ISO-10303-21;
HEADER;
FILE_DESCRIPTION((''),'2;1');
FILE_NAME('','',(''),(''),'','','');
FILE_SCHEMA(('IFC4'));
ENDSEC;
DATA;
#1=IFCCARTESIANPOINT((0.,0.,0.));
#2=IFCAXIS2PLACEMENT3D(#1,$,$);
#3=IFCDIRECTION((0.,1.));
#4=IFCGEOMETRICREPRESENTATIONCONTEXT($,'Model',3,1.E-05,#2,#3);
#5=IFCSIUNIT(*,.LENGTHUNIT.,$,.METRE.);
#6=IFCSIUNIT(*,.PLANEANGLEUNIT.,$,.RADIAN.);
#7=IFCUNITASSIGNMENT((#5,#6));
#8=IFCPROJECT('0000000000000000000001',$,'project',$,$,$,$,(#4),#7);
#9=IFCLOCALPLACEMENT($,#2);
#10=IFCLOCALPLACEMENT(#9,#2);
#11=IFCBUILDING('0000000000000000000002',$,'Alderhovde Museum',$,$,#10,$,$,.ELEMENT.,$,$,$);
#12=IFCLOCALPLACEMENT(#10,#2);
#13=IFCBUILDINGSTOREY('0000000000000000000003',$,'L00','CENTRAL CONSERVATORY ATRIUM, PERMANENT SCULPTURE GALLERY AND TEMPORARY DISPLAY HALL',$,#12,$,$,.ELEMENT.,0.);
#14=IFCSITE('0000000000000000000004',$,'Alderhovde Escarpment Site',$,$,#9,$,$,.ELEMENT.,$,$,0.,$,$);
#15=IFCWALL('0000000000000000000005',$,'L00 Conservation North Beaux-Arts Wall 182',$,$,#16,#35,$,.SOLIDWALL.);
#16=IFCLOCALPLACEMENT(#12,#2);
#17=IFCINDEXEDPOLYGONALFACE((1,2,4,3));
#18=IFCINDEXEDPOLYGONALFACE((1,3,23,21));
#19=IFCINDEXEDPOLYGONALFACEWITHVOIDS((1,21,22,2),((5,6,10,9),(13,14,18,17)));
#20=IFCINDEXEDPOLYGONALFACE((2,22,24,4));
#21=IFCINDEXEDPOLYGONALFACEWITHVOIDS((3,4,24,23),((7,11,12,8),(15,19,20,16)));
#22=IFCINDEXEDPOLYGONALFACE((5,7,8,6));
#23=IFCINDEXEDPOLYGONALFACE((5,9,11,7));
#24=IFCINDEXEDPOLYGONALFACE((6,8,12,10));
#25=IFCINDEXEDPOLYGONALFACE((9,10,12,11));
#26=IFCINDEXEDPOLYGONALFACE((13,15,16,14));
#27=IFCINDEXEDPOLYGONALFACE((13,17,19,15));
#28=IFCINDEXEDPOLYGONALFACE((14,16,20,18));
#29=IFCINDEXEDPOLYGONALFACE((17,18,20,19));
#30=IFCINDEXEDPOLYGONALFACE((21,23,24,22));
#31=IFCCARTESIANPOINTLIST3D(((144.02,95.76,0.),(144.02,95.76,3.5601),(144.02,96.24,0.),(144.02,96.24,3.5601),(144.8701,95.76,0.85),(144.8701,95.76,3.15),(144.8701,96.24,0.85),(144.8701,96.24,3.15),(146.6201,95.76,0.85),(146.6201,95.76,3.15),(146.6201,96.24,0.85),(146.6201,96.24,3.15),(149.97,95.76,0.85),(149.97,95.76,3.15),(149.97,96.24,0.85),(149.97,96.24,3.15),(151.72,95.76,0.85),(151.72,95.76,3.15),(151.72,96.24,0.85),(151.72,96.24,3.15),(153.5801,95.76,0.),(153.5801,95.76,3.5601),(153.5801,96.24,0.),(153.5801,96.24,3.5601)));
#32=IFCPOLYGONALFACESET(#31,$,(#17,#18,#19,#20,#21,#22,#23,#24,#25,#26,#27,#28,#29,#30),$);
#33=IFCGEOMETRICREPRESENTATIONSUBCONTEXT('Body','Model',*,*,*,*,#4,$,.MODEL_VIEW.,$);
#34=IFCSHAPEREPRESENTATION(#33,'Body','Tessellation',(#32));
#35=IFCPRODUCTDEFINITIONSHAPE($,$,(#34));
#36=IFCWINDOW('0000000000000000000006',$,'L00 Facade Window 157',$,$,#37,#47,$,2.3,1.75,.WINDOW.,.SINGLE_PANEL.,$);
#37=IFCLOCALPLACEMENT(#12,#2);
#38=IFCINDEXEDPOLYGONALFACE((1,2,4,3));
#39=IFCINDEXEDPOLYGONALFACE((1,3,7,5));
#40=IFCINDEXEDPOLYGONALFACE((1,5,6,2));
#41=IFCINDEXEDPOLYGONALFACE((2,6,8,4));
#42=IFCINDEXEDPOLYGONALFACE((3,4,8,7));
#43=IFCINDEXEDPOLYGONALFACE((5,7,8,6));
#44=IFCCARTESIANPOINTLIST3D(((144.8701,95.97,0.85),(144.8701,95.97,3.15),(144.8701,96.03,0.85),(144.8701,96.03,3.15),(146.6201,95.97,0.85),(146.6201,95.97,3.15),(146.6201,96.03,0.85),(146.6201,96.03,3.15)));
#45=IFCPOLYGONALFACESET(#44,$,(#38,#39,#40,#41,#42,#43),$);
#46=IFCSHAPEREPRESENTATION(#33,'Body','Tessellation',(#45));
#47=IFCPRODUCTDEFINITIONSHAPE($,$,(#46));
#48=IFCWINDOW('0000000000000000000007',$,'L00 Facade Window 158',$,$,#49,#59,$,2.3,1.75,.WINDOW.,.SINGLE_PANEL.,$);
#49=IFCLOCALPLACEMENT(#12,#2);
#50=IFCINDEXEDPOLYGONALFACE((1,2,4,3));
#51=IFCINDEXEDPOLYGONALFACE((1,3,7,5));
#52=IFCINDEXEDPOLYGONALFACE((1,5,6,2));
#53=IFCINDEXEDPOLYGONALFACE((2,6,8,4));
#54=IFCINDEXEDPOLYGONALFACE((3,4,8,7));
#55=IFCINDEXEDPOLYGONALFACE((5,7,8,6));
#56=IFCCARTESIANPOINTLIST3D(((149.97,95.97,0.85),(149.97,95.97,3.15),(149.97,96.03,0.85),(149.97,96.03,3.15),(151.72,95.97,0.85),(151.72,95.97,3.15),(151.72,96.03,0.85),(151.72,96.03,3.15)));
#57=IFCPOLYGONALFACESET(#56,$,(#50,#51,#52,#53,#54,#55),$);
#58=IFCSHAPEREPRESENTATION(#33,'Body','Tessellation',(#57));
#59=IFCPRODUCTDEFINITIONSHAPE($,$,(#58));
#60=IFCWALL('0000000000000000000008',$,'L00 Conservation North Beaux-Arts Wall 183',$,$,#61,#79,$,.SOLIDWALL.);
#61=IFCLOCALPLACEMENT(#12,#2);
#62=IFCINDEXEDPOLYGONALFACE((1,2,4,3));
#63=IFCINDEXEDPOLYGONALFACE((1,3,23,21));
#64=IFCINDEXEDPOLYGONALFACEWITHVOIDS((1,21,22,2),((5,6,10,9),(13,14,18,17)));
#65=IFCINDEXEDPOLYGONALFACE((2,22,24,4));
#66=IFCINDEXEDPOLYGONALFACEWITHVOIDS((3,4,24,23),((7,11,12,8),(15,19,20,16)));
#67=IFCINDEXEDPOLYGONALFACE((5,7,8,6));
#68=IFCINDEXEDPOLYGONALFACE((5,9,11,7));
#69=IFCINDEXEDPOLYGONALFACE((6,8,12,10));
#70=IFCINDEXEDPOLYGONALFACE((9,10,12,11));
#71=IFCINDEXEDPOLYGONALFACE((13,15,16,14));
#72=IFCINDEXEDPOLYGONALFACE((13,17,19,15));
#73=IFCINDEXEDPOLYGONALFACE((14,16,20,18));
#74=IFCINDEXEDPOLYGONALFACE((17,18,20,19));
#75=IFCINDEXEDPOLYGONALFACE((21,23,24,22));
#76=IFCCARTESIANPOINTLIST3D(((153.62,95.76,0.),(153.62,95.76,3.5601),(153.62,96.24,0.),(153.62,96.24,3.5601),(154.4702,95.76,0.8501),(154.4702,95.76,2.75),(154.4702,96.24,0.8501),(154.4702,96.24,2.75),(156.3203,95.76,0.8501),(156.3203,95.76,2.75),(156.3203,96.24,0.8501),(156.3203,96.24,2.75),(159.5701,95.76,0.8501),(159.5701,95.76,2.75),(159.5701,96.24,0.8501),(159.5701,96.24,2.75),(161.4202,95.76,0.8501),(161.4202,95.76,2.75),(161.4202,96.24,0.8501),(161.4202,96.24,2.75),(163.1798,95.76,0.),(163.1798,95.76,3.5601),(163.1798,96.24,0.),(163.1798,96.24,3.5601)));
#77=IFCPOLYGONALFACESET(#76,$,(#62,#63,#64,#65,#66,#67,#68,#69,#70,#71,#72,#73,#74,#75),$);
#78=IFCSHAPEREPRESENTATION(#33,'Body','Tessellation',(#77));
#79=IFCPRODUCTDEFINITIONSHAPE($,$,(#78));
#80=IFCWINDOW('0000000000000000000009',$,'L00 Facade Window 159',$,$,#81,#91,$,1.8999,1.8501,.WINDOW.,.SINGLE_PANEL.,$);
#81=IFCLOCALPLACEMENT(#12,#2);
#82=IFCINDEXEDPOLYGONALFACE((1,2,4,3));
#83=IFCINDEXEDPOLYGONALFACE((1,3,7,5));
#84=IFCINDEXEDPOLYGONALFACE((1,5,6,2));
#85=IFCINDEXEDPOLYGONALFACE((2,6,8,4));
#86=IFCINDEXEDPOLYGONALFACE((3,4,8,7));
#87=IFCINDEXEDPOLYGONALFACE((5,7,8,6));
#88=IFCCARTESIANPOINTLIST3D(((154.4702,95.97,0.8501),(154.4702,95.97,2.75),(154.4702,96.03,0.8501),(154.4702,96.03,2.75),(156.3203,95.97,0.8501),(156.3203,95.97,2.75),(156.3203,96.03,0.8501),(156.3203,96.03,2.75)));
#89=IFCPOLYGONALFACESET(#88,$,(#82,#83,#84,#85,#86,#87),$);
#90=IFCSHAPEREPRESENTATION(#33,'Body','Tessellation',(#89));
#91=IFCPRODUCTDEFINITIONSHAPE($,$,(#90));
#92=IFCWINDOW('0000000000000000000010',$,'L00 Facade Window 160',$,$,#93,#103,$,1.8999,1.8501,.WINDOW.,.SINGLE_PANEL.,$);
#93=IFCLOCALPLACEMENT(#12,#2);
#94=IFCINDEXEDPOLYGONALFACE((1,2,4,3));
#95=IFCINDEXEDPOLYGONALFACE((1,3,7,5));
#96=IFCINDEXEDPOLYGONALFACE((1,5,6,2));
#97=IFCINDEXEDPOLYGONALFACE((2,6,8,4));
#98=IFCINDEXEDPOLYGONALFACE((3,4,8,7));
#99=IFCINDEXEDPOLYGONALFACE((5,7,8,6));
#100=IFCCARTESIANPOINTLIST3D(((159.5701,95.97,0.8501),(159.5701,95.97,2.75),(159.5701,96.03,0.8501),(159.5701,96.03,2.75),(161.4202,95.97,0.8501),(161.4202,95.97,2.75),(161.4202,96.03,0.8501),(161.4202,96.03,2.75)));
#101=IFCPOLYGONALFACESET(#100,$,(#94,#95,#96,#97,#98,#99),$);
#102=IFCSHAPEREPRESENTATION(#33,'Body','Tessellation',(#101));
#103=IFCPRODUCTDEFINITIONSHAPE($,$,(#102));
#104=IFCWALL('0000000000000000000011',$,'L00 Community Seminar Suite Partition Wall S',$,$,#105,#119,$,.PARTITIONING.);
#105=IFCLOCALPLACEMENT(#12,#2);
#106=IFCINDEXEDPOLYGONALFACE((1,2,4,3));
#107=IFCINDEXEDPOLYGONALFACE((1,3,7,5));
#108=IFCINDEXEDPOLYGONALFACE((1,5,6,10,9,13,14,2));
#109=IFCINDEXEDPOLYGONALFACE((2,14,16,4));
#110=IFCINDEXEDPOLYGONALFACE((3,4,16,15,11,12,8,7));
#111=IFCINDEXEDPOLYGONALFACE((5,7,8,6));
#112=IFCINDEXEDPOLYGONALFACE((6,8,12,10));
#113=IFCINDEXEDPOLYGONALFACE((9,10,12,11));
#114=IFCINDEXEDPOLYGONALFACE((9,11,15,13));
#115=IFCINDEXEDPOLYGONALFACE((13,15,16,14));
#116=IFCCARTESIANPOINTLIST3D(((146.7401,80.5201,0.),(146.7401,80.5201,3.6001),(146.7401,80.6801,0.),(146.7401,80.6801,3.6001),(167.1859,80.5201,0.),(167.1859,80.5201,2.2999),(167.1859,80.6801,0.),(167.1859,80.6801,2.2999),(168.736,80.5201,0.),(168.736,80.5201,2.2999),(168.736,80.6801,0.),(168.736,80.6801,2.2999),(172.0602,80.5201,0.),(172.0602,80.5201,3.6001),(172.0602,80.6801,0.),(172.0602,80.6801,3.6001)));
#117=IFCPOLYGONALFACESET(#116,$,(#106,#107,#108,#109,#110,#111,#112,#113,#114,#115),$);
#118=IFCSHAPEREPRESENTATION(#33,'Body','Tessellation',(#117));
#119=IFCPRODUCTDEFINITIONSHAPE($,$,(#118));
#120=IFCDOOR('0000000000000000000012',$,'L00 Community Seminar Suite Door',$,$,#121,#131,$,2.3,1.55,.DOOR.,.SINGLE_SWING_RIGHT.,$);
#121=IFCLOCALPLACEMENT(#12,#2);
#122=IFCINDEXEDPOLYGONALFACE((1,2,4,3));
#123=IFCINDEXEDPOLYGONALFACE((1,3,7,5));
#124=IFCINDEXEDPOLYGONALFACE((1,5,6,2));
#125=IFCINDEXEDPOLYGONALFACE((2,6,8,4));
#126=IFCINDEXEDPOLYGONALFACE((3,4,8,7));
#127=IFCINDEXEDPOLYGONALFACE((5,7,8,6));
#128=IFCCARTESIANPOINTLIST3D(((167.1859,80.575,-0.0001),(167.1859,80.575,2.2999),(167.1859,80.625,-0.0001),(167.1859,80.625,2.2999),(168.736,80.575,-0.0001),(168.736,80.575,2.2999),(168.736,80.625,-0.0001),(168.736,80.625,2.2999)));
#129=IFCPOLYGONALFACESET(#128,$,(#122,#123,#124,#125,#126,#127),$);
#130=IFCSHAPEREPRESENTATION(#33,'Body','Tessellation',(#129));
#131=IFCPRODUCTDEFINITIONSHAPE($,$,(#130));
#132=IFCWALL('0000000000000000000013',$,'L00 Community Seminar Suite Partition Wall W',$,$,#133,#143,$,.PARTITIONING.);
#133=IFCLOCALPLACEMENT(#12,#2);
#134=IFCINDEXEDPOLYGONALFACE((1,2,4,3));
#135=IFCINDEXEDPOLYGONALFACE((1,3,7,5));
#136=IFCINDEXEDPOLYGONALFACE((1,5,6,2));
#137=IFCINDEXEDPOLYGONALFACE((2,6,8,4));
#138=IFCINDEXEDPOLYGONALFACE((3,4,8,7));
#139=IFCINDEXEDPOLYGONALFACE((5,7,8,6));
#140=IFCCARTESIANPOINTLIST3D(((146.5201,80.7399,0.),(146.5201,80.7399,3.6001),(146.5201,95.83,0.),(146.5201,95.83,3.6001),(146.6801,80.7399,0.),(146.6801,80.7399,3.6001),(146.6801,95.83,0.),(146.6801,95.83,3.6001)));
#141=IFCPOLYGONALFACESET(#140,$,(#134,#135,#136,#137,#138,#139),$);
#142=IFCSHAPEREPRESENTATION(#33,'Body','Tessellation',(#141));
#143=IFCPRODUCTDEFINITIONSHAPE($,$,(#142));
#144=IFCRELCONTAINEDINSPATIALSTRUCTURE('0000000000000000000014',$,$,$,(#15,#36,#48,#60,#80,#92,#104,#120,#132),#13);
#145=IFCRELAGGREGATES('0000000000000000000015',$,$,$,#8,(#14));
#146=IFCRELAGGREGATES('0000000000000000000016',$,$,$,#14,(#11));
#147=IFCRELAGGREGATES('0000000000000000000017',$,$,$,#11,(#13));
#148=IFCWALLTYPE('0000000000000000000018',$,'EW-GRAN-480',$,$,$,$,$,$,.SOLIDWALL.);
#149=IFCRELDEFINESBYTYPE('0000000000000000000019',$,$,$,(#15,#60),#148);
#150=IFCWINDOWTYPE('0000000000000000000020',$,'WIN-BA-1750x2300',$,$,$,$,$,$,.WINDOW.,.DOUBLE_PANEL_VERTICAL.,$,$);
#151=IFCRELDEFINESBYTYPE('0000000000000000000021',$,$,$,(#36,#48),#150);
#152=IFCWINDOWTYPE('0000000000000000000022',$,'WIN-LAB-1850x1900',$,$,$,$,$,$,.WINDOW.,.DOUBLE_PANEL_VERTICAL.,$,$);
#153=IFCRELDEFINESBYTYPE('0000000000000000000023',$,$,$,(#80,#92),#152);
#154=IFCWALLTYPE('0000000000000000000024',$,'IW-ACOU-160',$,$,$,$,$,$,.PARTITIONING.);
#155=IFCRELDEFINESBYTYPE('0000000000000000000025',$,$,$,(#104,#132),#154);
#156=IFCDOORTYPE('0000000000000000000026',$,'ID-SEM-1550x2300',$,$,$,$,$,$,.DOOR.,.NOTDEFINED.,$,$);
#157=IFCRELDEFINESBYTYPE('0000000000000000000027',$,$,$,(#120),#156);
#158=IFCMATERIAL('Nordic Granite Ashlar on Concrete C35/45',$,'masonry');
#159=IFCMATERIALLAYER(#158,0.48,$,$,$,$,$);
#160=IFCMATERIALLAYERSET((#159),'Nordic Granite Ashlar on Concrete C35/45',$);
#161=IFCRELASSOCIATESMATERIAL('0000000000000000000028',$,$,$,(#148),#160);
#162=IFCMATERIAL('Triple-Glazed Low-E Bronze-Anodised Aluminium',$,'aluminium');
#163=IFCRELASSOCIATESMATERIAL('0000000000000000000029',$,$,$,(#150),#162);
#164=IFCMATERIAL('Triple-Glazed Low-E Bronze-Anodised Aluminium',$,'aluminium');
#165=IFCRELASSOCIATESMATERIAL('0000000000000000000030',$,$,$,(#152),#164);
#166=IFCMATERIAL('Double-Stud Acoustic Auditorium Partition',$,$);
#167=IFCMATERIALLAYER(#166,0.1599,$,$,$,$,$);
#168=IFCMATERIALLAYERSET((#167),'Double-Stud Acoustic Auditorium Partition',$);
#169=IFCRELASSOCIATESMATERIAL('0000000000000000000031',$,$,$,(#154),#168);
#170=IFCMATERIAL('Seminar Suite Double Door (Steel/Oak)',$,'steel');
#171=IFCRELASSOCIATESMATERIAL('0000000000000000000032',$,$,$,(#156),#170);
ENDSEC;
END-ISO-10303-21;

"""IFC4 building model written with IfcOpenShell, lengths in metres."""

from ifc_helpers import new_model, si_unit, direction, frame, frame_2d, origin, place, context, subcontext, project, spatial, rectangle, extrude, material, layer, layer_set, type_object, element, fill, save


model = new_model("IFC4")

# Units and contexts
model_context = context("Model", 3, precision=1e-05, world=origin(), true_north=direction((0.0, 1.0)))
body_context = subcontext(model_context, "Body", "Model", "MODEL_VIEW")
ifc_project = project(units=[si_unit("LENGTHUNIT", "METRE"), si_unit("PLANEANGLEUNIT", "RADIAN")], contexts=[model_context])

# Site, building, storey
site_placement = place(None, origin())
site = spatial("IfcSite", under=ifc_project, at=site_placement, Name="Alderhovde Escarpment Site", CompositionType="ELEMENT", RefElevation=0.0)
building_placement = place(site_placement, origin())
building = spatial("IfcBuilding", under=site, at=building_placement, Name="Alderhovde Museum", CompositionType="ELEMENT")
storey_placement = place(building_placement, origin())
storey = spatial("IfcBuildingStorey", under=building, at=storey_placement, Name="L00", Description="CENTRAL CONSERVATORY ATRIUM, PERMANENT SCULPTURE GALLERY AND TEMPORARY DISPLAY HALL", CompositionType="ELEMENT", Elevation=0.0)

# Walls, openings, windows
ifc_material_1 = material(Name="Nordic Granite Ashlar on Concrete C35/45", Category="masonry")
ifc_layer_1 = layer(ifc_material_1, 0.48)
ifc_layer_set_1 = layer_set([ifc_layer_1], Name="Nordic Granite Ashlar on Concrete C35/45")
wall_type_1 = type_object("IfcWallType", Name="EW-GRAN-480", PredefinedType="SOLIDWALL", material=ifc_layer_set_1)
wall_1_placement = place(storey_placement, frame((144.02, 96.0, 0.0), z_axis=(0.0, 0.0, 1.0), x_axis=(1.0, 0.0, 0.0)))
wall_1 = element("IfcWall", 1, at=wall_1_placement, inside=storey, type_object=wall_type_1, Name="L00 Conservation North Beaux-Arts Wall 182", PredefinedType="SOLIDWALL", context=body_context, shape_type="SweptSolid", body=[
    extrude(rectangle(XDim=9.5601, YDim=0.48, at=frame_2d((4.78, 0.0))), origin(), (0.0, 0.0, 1.0), 3.5601),
])
opening_1_placement = place(wall_1_placement, frame((0.8501, 0.0, 0.8501)))
opening_1 = element("IfcOpeningElement", 2, at=opening_1_placement, cuts=wall_1, PredefinedType="OPENING", context=body_context, shape_type="SweptSolid", body=[
    extrude(rectangle(XDim=1.75, YDim=2.3, at=frame_2d((0.875, 1.1499))), frame((0.0, 0.25, 0.0), z_axis=(0.0, -1.0, 0.0), x_axis=(1.0, 0.0, 0.0)), (0.0, 0.0, 1.0), 0.5),
])
opening_2_placement = place(wall_1_placement, frame((5.95, 0.0, 0.8501)))
opening_2 = element("IfcOpeningElement", 3, at=opening_2_placement, cuts=wall_1, PredefinedType="OPENING", context=body_context, shape_type="SweptSolid", body=[
    extrude(rectangle(XDim=1.75, YDim=2.3, at=frame_2d((0.875, 1.1499))), frame((0.0, 0.25, 0.0), z_axis=(0.0, -1.0, 0.0), x_axis=(1.0, 0.0, 0.0)), (0.0, 0.0, 1.0), 0.5),
])
ifc_material_2 = material(Name="Triple-Glazed Low-E Bronze-Anodised Aluminium", Category="aluminium")
window_type_1 = type_object("IfcWindowType", Name="WIN-BA-1750x2300", PartitioningType="DOUBLE_PANEL_VERTICAL", PredefinedType="WINDOW", material=ifc_material_2)
window_1_placement = place(opening_1_placement, origin())
window_1 = element("IfcWindow", 4, at=window_1_placement, inside=storey, type_object=window_type_1, Name="L00 Facade Window 157", OverallHeight=2.3, OverallWidth=1.75, PartitioningType="SINGLE_PANEL", PredefinedType="WINDOW", context=body_context, shape_type="SweptSolid", body=[
    extrude(rectangle(XDim=1.75, YDim=2.3, at=frame_2d((0.875, 1.1499))), frame((0.0, 0.03, 0.0), z_axis=(0.0, -1.0, 0.0), x_axis=(1.0, 0.0, 0.0)), (0.0, 0.0, 1.0), 0.0601),
])
fill(opening_1, window_1)
window_2_placement = place(opening_2_placement, origin())
window_2 = element("IfcWindow", 5, at=window_2_placement, inside=storey, type_object=window_type_1, Name="L00 Facade Window 158", OverallHeight=2.3, OverallWidth=1.75, PartitioningType="SINGLE_PANEL", PredefinedType="WINDOW", context=body_context, shape_type="SweptSolid", body=[
    extrude(rectangle(XDim=1.75, YDim=2.3, at=frame_2d((0.875, 1.1499))), frame((0.0, 0.03, 0.0), z_axis=(0.0, -1.0, 0.0), x_axis=(1.0, 0.0, 0.0)), (0.0, 0.0, 1.0), 0.0601),
])
fill(opening_2, window_2)
wall_2_placement = place(storey_placement, frame((153.6201, 96.0, 0.0), z_axis=(0.0, 0.0, 1.0), x_axis=(1.0, 0.0, 0.0)))
wall_2 = element("IfcWall", 6, at=wall_2_placement, inside=storey, type_object=wall_type_1, Name="L00 Conservation North Beaux-Arts Wall 183", PredefinedType="SOLIDWALL", context=body_context, shape_type="SweptSolid", body=[
    extrude(rectangle(XDim=9.5598, YDim=0.48, at=frame_2d((4.7798, 0.0))), origin(), (0.0, 0.0, 1.0), 3.5601),
])
opening_3_placement = place(wall_2_placement, frame((0.8501, 0.0, 0.8501)))
opening_3 = element("IfcOpeningElement", 7, at=opening_3_placement, cuts=wall_2, PredefinedType="OPENING", context=body_context, shape_type="SweptSolid", body=[
    extrude(rectangle(XDim=1.8501, YDim=1.8999, at=frame_2d((0.925, 0.95))), frame((0.0, 0.25, 0.0), z_axis=(0.0, -1.0, 0.0), x_axis=(1.0, 0.0, 0.0)), (0.0, 0.0, 1.0), 0.5),
])
opening_4_placement = place(wall_2_placement, frame((5.95, 0.0, 0.8501)))
opening_4 = element("IfcOpeningElement", 8, at=opening_4_placement, cuts=wall_2, PredefinedType="OPENING", context=body_context, shape_type="SweptSolid", body=[
    extrude(rectangle(XDim=1.8501, YDim=1.8999, at=frame_2d((0.925, 0.95))), frame((0.0, 0.25, 0.0), z_axis=(0.0, -1.0, 0.0), x_axis=(1.0, 0.0, 0.0)), (0.0, 0.0, 1.0), 0.5),
])
ifc_material_3 = material(Name="Triple-Glazed Low-E Bronze-Anodised Aluminium", Category="aluminium")
window_type_2 = type_object("IfcWindowType", Name="WIN-LAB-1850x1900", PartitioningType="DOUBLE_PANEL_VERTICAL", PredefinedType="WINDOW", material=ifc_material_3)
window_3_placement = place(opening_3_placement, origin())
window_3 = element("IfcWindow", 9, at=window_3_placement, inside=storey, type_object=window_type_2, Name="L00 Facade Window 159", OverallHeight=1.8999, OverallWidth=1.8501, PartitioningType="SINGLE_PANEL", PredefinedType="WINDOW", context=body_context, shape_type="SweptSolid", body=[
    extrude(rectangle(XDim=1.8501, YDim=1.8999, at=frame_2d((0.925, 0.95))), frame((0.0, 0.03, 0.0), z_axis=(0.0, -1.0, 0.0), x_axis=(1.0, 0.0, 0.0)), (0.0, 0.0, 1.0), 0.0601),
])
fill(opening_3, window_3)
window_4_placement = place(opening_4_placement, origin())
window_4 = element("IfcWindow", 10, at=window_4_placement, inside=storey, type_object=window_type_2, Name="L00 Facade Window 160", OverallHeight=1.8999, OverallWidth=1.8501, PartitioningType="SINGLE_PANEL", PredefinedType="WINDOW", context=body_context, shape_type="SweptSolid", body=[
    extrude(rectangle(XDim=1.8501, YDim=1.8999, at=frame_2d((0.925, 0.95))), frame((0.0, 0.03, 0.0), z_axis=(0.0, -1.0, 0.0), x_axis=(1.0, 0.0, 0.0)), (0.0, 0.0, 1.0), 0.0601),
])
fill(opening_4, window_4)

# Wall, opening, door
ifc_material_4 = material(Name="Double-Stud Acoustic Auditorium Partition")
ifc_layer_2 = layer(ifc_material_4, 0.1599)
ifc_layer_set_2 = layer_set([ifc_layer_2], Name="Double-Stud Acoustic Auditorium Partition")
wall_type_2 = type_object("IfcWallType", Name="IW-ACOU-160", PredefinedType="PARTITIONING", material=ifc_layer_set_2)
wall_3_placement = place(storey_placement, frame((146.74, 80.6001, 0.0), z_axis=(0.0, 0.0, 1.0), x_axis=(1.0, 0.0, 0.0)))
wall_3 = element("IfcWall", 11, at=wall_3_placement, inside=storey, type_object=wall_type_2, Name="L00 Community Seminar Suite Partition Wall S", PredefinedType="PARTITIONING", context=body_context, shape_type="SweptSolid", body=[
    extrude(rectangle(XDim=25.3201, YDim=0.1599, at=frame_2d((12.6602, 0.0))), origin(), (0.0, 0.0, 1.0), 3.6001),
])
opening_5_placement = place(wall_3_placement, frame((20.446, 0.0, 0.0)))
opening_5 = element("IfcOpeningElement", 12, at=opening_5_placement, cuts=wall_3, PredefinedType="OPENING", context=body_context, shape_type="SweptSolid", body=[
    extrude(rectangle(XDim=1.55, YDim=2.3, at=frame_2d((0.7749, 1.1499))), frame((0.0, 0.0901, 0.0), z_axis=(0.0, -1.0, 0.0), x_axis=(1.0, 0.0, 0.0)), (0.0, 0.0, 1.0), 0.1799),
])
ifc_material_5 = material(Name="Seminar Suite Double Door (Steel/Oak)", Category="steel")
door_type = type_object("IfcDoorType", Name="ID-SEM-1550x2300", OperationType="NOTDEFINED", PredefinedType="DOOR", material=ifc_material_5)
door_placement = place(opening_5_placement, origin())
door = element("IfcDoor", 13, at=door_placement, inside=storey, type_object=door_type, Name="L00 Community Seminar Suite Door", OperationType="SINGLE_SWING_RIGHT", OverallHeight=2.3, OverallWidth=1.55, PredefinedType="DOOR", context=body_context, shape_type="SweptSolid", body=[
    extrude(rectangle(XDim=1.55, YDim=2.3, at=frame_2d((0.7749, 1.1499))), frame((0.0, 0.0249, 0.0), z_axis=(0.0, -1.0, 0.0), x_axis=(1.0, 0.0, 0.0)), (0.0, 0.0, 1.0), 0.05),
])
fill(opening_5, door)

# Wall
wall_4_placement = place(storey_placement, frame((146.6001, 80.74, 0.0), z_axis=(0.0, 0.0, 1.0), x_axis=(0.0, 1.0, 0.0)))
element("IfcWall", 14, at=wall_4_placement, inside=storey, type_object=wall_type_2, Name="L00 Community Seminar Suite Partition Wall W", PredefinedType="PARTITIONING", context=body_context, shape_type="SweptSolid", body=[
    extrude(rectangle(XDim=15.0901, YDim=0.1599, at=frame_2d((7.5449, 0.0))), origin(), (0.0, 0.0, 1.0), 3.6001),
])

save(model, "model.ifc")
